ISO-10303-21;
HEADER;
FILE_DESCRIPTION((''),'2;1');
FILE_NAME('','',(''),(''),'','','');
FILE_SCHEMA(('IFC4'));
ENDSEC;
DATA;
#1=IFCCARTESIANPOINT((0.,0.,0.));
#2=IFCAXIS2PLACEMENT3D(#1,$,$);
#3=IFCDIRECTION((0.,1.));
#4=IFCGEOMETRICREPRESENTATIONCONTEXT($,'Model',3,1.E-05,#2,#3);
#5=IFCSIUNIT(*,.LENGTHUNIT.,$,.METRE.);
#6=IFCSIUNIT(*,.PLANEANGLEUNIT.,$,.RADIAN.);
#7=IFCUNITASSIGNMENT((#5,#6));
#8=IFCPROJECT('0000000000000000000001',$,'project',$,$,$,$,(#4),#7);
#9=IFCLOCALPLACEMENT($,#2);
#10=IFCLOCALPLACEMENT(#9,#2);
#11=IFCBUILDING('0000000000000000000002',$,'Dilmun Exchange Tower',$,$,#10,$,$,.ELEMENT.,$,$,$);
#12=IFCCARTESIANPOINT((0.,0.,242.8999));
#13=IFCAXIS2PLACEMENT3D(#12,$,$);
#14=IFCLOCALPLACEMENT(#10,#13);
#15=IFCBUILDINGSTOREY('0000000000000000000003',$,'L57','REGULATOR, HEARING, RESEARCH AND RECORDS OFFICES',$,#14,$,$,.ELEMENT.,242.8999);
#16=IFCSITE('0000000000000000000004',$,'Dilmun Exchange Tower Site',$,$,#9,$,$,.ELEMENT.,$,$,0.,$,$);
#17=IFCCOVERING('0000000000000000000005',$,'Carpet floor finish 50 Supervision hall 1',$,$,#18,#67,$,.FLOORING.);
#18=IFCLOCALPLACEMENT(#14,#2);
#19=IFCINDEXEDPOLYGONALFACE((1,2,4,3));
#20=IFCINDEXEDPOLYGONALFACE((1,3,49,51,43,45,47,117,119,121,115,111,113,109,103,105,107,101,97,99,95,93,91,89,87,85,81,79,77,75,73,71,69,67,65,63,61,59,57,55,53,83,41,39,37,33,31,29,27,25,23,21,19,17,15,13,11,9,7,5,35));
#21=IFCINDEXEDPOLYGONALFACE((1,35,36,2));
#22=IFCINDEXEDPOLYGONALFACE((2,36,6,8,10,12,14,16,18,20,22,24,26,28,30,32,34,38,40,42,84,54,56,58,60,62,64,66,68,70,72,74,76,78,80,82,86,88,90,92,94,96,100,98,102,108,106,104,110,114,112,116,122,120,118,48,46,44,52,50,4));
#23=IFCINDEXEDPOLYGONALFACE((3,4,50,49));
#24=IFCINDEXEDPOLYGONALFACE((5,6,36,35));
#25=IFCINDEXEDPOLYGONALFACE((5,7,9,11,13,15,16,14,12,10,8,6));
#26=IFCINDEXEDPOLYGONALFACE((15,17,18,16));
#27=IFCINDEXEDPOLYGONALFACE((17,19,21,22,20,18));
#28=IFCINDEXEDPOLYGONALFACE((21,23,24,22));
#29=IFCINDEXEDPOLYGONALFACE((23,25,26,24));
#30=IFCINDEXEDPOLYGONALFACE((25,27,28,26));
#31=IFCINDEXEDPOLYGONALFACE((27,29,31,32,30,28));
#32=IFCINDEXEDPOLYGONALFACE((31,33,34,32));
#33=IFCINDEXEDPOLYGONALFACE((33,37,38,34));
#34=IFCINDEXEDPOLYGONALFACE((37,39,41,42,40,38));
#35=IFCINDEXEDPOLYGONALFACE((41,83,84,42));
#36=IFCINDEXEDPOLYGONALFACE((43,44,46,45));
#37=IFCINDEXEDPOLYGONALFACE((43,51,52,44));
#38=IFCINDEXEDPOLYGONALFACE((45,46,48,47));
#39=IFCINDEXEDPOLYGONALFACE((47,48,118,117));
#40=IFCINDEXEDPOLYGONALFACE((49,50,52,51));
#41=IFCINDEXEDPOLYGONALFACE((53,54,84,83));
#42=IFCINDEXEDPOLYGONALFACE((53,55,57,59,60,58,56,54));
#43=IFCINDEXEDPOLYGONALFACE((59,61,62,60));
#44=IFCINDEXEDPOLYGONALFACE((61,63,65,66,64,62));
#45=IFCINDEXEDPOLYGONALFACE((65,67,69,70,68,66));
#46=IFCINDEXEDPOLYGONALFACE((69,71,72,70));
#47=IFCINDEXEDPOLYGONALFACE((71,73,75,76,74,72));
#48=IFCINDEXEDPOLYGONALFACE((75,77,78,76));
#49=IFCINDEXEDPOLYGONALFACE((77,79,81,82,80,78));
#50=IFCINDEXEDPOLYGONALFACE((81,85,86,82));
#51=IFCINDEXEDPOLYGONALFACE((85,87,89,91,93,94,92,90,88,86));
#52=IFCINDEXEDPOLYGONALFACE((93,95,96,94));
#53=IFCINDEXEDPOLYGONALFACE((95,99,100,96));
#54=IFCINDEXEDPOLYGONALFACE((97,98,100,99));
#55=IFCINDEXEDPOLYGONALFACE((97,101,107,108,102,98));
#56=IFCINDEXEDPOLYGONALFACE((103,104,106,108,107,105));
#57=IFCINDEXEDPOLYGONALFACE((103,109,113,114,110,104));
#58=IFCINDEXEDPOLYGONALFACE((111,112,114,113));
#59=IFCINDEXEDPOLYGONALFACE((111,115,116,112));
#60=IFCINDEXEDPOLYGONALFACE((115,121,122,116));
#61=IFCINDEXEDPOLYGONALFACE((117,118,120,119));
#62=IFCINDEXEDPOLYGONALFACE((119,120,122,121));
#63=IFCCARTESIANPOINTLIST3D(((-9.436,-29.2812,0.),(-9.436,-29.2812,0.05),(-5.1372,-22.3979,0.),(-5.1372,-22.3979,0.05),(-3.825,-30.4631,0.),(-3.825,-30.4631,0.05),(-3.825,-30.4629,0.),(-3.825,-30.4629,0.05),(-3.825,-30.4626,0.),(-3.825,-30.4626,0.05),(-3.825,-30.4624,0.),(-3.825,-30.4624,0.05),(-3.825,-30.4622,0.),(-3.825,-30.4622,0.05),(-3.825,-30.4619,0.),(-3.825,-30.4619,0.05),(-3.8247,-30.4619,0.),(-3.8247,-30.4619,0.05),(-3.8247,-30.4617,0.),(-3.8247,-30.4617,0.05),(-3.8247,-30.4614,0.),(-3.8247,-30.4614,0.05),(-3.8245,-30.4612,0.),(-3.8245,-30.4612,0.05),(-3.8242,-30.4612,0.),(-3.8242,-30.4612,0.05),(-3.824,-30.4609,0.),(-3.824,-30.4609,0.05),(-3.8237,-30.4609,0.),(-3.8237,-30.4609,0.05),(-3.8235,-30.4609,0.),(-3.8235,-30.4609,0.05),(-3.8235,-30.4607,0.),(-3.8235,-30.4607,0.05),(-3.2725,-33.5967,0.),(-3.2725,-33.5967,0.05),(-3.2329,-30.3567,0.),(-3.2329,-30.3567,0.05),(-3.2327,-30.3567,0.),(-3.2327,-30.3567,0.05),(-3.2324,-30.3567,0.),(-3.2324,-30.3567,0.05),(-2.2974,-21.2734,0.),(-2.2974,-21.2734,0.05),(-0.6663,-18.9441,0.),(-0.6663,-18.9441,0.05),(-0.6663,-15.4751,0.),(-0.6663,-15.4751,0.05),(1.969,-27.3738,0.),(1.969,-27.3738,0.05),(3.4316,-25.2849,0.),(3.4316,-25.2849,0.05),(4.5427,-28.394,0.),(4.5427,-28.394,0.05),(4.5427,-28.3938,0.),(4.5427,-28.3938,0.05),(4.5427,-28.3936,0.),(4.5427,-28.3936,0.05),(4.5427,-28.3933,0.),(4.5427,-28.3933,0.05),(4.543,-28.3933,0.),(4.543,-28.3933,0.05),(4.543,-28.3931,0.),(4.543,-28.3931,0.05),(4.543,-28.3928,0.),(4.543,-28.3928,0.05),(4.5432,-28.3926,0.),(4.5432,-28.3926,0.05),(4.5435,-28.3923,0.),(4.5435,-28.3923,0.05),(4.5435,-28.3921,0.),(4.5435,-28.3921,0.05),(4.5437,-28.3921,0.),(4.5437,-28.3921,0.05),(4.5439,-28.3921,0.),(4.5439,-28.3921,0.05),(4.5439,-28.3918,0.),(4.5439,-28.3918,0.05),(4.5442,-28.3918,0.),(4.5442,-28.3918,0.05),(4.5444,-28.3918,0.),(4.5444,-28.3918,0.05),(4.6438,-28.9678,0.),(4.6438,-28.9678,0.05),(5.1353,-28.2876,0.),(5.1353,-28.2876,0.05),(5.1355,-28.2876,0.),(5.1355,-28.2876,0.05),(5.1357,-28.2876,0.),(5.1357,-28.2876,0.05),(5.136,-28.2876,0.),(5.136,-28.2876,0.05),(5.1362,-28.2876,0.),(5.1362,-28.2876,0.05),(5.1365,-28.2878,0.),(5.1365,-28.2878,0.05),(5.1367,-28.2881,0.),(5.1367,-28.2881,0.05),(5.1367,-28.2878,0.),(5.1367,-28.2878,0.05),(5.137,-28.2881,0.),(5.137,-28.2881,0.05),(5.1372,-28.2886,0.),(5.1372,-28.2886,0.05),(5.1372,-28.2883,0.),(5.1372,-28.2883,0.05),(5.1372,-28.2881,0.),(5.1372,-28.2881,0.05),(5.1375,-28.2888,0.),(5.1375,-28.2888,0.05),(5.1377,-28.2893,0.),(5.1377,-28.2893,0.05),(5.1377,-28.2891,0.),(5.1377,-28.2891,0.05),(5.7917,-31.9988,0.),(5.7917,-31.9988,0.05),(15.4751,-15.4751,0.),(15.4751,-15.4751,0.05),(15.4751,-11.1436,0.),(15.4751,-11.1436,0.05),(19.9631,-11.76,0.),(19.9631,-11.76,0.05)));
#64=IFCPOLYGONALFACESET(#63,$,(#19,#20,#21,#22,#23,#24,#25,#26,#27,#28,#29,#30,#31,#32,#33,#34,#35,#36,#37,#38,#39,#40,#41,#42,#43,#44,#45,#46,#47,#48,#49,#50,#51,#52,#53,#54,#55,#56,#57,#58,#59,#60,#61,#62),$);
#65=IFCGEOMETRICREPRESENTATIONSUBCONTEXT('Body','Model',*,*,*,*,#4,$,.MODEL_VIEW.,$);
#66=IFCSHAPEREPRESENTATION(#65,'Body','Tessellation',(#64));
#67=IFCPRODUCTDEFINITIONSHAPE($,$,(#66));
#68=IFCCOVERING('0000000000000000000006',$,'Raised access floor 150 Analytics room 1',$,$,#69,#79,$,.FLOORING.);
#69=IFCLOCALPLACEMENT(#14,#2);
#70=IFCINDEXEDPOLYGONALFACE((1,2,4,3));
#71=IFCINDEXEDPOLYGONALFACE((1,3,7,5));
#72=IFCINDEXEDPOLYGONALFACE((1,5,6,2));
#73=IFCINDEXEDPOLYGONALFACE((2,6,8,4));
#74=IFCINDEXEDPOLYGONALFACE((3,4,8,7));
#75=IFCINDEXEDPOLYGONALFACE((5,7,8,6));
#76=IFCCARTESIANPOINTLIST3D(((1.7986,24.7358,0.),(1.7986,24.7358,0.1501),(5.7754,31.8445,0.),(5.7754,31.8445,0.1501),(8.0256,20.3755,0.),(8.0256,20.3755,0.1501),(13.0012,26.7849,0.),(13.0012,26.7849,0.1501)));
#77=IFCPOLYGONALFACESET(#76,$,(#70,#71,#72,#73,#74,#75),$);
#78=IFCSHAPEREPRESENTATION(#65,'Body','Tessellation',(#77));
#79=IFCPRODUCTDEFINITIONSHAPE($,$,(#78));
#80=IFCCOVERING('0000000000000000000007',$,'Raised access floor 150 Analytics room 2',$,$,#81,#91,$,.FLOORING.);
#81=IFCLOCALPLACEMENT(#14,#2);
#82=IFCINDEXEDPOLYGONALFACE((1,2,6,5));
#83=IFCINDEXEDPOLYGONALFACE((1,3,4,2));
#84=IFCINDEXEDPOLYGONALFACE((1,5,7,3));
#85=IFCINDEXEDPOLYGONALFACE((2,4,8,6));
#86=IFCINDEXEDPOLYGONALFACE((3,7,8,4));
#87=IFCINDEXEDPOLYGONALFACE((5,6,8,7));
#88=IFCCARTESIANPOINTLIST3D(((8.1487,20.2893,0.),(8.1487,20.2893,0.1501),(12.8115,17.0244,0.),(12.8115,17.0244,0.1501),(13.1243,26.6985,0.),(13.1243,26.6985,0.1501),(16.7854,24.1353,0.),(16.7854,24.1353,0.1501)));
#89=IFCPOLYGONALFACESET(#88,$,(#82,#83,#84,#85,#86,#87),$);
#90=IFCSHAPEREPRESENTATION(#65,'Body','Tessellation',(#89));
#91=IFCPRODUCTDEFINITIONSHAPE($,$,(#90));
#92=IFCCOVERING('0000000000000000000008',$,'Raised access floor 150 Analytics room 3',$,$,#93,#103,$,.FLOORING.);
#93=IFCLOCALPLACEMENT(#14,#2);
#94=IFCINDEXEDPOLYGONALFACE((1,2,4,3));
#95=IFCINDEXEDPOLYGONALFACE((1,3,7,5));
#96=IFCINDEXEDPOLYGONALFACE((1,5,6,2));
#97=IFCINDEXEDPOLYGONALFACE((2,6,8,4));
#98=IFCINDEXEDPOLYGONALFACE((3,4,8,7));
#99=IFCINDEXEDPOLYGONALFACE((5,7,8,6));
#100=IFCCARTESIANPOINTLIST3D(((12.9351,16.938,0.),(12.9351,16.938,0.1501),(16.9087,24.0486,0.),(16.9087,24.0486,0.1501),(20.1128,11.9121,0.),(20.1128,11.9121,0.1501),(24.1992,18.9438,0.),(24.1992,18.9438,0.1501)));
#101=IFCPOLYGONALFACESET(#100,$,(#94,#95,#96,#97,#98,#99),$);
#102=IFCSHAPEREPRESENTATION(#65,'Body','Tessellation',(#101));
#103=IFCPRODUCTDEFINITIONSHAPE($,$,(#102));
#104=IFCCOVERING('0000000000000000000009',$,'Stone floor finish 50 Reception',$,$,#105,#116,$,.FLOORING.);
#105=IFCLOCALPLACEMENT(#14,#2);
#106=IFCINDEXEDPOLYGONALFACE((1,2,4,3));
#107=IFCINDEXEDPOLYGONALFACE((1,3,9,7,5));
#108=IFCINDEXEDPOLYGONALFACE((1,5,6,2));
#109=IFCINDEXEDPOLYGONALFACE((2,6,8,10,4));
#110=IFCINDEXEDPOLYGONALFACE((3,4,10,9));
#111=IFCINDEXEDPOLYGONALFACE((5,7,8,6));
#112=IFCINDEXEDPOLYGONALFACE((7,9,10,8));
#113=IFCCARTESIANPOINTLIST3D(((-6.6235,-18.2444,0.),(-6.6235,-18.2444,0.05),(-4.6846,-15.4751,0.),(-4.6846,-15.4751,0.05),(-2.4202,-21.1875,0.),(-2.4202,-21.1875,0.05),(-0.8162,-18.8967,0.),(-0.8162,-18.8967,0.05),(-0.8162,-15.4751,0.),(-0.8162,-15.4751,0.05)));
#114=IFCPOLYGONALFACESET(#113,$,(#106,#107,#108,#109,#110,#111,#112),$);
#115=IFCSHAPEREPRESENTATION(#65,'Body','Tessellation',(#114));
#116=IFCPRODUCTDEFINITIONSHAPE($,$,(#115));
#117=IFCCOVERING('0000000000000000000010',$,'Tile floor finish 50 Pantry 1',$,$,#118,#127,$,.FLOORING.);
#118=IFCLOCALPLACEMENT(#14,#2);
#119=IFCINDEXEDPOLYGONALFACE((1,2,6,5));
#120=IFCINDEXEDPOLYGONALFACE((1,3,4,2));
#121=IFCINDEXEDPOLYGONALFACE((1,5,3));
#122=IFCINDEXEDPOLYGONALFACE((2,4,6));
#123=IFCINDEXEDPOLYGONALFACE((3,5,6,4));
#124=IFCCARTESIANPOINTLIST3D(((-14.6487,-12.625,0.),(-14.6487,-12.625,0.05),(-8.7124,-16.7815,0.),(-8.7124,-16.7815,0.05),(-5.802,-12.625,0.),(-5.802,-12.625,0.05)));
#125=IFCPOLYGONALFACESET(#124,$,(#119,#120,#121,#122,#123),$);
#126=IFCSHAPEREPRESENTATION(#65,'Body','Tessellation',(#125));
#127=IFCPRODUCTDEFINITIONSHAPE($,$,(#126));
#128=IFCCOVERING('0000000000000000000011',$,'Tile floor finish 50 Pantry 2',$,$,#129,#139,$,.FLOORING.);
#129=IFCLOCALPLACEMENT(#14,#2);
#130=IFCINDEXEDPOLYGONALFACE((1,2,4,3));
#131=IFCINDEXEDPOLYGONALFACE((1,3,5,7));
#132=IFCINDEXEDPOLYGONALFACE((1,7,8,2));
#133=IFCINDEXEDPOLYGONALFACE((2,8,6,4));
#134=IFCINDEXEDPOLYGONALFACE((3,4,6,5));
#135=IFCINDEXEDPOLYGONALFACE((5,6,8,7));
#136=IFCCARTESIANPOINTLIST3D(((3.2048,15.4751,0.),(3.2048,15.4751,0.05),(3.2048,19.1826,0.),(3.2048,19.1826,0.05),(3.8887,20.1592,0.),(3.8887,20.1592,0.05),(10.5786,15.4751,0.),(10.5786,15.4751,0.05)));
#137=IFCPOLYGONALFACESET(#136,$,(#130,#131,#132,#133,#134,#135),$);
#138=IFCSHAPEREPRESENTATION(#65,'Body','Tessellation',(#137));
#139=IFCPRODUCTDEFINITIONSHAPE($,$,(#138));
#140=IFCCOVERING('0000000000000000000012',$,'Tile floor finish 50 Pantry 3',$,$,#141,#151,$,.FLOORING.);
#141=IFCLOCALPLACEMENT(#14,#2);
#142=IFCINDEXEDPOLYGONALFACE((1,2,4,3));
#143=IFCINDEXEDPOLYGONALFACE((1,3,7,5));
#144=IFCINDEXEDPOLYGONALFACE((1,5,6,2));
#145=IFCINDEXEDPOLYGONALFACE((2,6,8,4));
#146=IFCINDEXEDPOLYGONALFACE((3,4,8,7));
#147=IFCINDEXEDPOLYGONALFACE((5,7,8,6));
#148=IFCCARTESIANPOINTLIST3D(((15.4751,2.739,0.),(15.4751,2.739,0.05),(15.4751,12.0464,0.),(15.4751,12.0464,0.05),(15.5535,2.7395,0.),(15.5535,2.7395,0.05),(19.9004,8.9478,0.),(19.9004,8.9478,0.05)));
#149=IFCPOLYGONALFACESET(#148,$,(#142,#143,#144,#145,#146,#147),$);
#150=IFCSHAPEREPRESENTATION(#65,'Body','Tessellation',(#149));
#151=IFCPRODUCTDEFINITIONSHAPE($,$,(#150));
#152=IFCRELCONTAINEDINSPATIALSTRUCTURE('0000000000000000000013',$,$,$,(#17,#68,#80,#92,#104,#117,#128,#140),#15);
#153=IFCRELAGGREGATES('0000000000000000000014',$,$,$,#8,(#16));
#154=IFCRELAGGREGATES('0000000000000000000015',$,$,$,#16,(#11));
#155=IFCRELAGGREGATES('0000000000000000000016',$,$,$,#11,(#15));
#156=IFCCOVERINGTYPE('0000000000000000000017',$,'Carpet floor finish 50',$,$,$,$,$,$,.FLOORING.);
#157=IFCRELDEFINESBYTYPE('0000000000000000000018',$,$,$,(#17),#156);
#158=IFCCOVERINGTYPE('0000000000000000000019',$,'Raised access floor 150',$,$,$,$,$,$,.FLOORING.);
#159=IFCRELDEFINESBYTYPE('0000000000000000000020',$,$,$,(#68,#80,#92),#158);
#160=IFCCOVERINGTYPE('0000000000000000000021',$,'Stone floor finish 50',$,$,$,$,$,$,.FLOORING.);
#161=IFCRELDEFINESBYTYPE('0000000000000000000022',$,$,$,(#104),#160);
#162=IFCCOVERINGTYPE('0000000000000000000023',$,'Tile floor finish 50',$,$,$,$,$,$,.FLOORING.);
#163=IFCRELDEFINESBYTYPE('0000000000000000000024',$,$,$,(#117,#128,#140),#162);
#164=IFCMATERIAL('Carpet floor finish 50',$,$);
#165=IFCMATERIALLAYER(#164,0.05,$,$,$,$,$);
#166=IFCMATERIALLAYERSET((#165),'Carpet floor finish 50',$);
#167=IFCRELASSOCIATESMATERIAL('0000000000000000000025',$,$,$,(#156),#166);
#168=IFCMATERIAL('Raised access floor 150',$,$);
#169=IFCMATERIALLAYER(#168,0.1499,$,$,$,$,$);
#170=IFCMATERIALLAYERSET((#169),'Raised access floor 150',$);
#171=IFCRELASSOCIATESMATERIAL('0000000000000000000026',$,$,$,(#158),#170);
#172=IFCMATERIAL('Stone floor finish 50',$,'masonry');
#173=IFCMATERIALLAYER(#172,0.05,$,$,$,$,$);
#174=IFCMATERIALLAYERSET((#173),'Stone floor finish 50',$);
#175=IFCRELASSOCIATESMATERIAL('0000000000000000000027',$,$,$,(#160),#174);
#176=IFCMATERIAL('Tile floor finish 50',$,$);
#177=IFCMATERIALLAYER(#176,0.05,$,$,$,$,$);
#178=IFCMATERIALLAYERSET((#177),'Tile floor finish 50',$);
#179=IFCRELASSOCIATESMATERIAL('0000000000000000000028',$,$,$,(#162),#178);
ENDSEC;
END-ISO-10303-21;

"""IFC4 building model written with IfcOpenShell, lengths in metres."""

from ifc_helpers import new_model, si_unit, direction, frame, origin, place, context, subcontext, project, spatial, polyline, outline, extrude, material, layer, layer_set, type_object, element, save


model = new_model("IFC4")

# Units and contexts
model_context = context("Model", 3, precision=1e-05, world=origin(), true_north=direction((0.0, 1.0)))
body_context = subcontext(model_context, "Body", "Model", "MODEL_VIEW")
ifc_project = project(units=[si_unit("LENGTHUNIT", "METRE"), si_unit("PLANEANGLEUNIT", "RADIAN")], contexts=[model_context])

# Site, building, storey
site_placement = place(None, origin())
site = spatial("IfcSite", under=ifc_project, at=site_placement, Name="Dilmun Exchange Tower Site", CompositionType="ELEMENT", RefElevation=0.0)
building_placement = place(site_placement, origin())
building = spatial("IfcBuilding", under=site, at=building_placement, Name="Dilmun Exchange Tower", CompositionType="ELEMENT")
storey_placement = place(building_placement, frame((0.0, 0.0, 242.8999)))
storey = spatial("IfcBuildingStorey", under=building, at=storey_placement, Name="L57", Description="REGULATOR, HEARING, RESEARCH AND RECORDS OFFICES", CompositionType="ELEMENT", Elevation=242.8999)

# Coverings
ifc_material_1 = material(Name="Carpet floor finish 50")
ifc_layer_1 = layer(ifc_material_1, 0.05)
ifc_layer_set_1 = layer_set([ifc_layer_1], Name="Carpet floor finish 50")
covering_type_1 = type_object("IfcCoveringType", Name="Carpet floor finish 50", PredefinedType="FLOORING", material=ifc_layer_set_1)
covering_1_placement = place(storey_placement, origin())
element("IfcCovering", 1, at=covering_1_placement, inside=storey, type_object=covering_type_1, Name="Carpet floor finish 50 Supervision hall 1", PredefinedType="FLOORING", context=body_context, shape_type="SweptSolid", body=[
    extrude(outline(polyline([(-5.1372, -22.3979), (1.969, -27.3738), (3.4316, -25.2849), (-2.2974, -21.2734), (-0.6663, -18.9441), (-0.6663, -15.4751), (15.4751, -15.4751), (15.4751, -11.1436), (19.9631, -11.76), (5.7917, -31.9988), (5.1377, -28.2893), (5.1377, -28.2891), (5.1375, -28.2888), (5.1375, -28.2888), (5.1372, -28.2886), (5.1372, -28.2883), (5.1372, -28.2881), (5.137, -28.2881), (5.1367, -28.2881), (5.1367, -28.2878), (5.1365, -28.2878), (5.1362, -28.2876), (5.136, -28.2876), (5.136, -28.2876), (5.1357, -28.2876), (5.1355, -28.2876), (5.1353, -28.2876), (4.5444, -28.3918), (4.5442, -28.3918), (4.5439, -28.3918), (4.5439, -28.3921), (4.5437, -28.3921), (4.5435, -28.3921), (4.5435, -28.3923), (4.5432, -28.3926), (4.5432, -28.3926), (4.543, -28.3928), (4.543, -28.3931), (4.543, -28.3933), (4.5427, -28.3933), (4.5427, -28.3936), (4.5427, -28.3938), (4.5427, -28.394), (4.5427, -28.394), (4.6438, -28.9678), (-3.2324, -30.3567), (-3.2327, -30.3567), (-3.2329, -30.3567), (-3.2329, -30.3567), (-3.8235, -30.4607), (-3.8235, -30.4609), (-3.8237, -30.4609), (-3.824, -30.4609), (-3.8242, -30.4612), (-3.8242, -30.4612), (-3.8245, -30.4612), (-3.8247, -30.4614), (-3.8247, -30.4617), (-3.8247, -30.4619), (-3.825, -30.4619), (-3.825, -30.4622), (-3.825, -30.4624), (-3.825, -30.4626), (-3.825, -30.4626), (-3.825, -30.4629), (-3.825, -30.4631), (-3.2725, -33.5967), (-9.436, -29.2812), (-5.1372, -22.3979)])), origin(), (0.0, 0.0, 1.0), 0.05),
])
ifc_material_2 = material(Name="Raised access floor 150")
ifc_layer_2 = layer(ifc_material_2, 0.1499)
ifc_layer_set_2 = layer_set([ifc_layer_2], Name="Raised access floor 150")
covering_type_2 = type_object("IfcCoveringType", Name="Raised access floor 150", PredefinedType="FLOORING", material=ifc_layer_set_2)
covering_2_placement = place(storey_placement, origin())
element("IfcCovering", 2, at=covering_2_placement, inside=storey, type_object=covering_type_2, Name="Raised access floor 150 Analytics room 1", PredefinedType="FLOORING", context=body_context, shape_type="SweptSolid", body=[
    extrude(outline(polyline([(1.7986, 24.7358), (5.7754, 31.8445), (13.0012, 26.7849), (8.0256, 20.3755), (1.7986, 24.7358)])), origin(), (0.0, 0.0, 1.0), 0.1501),
])
covering_3_placement = place(storey_placement, origin())
element("IfcCovering", 3, at=covering_3_placement, inside=storey, type_object=covering_type_2, Name="Raised access floor 150 Analytics room 2", PredefinedType="FLOORING", context=body_context, shape_type="SweptSolid", body=[
    extrude(outline(polyline([(12.8115, 17.0244), (8.1487, 20.2893), (13.1243, 26.6985), (16.7854, 24.1353), (12.8115, 17.0244)])), origin(), (0.0, 0.0, 1.0), 0.1501),
])
covering_4_placement = place(storey_placement, origin())
element("IfcCovering", 4, at=covering_4_placement, inside=storey, type_object=covering_type_2, Name="Raised access floor 150 Analytics room 3", PredefinedType="FLOORING", context=body_context, shape_type="SweptSolid", body=[
    extrude(outline(polyline([(20.1128, 11.9121), (12.9351, 16.938), (16.9087, 24.0486), (24.1992, 18.9438), (20.1128, 11.9121)])), origin(), (0.0, 0.0, 1.0), 0.1501),
])
ifc_material_3 = material(Name="Stone floor finish 50", Category="masonry")
ifc_layer_3 = layer(ifc_material_3, 0.05)
ifc_layer_set_3 = layer_set([ifc_layer_3], Name="Stone floor finish 50")
covering_type_3 = type_object("IfcCoveringType", Name="Stone floor finish 50", PredefinedType="FLOORING", material=ifc_layer_set_3)
covering_5_placement = place(storey_placement, origin())
element("IfcCovering", 5, at=covering_5_placement, inside=storey, type_object=covering_type_3, Name="Stone floor finish 50 Reception", PredefinedType="FLOORING", context=body_context, shape_type="SweptSolid", body=[
    extrude(outline(polyline([(-0.8162, -18.8967), (-2.4202, -21.1875), (-6.6235, -18.2444), (-4.6846, -15.4751), (-0.8162, -15.4751), (-0.8162, -18.8967)])), origin(), (0.0, 0.0, 1.0), 0.05),
])
ifc_material_4 = material(Name="Tile floor finish 50")
ifc_layer_4 = layer(ifc_material_4, 0.05)
ifc_layer_set_4 = layer_set([ifc_layer_4], Name="Tile floor finish 50")
covering_type_4 = type_object("IfcCoveringType", Name="Tile floor finish 50", PredefinedType="FLOORING", material=ifc_layer_set_4)
covering_6_placement = place(storey_placement, origin())
element("IfcCovering", 6, at=covering_6_placement, inside=storey, type_object=covering_type_4, Name="Tile floor finish 50 Pantry 1", PredefinedType="FLOORING", context=body_context, shape_type="SweptSolid", body=[
    extrude(outline(polyline([(-5.802, -12.625), (-8.7124, -16.7815), (-14.6487, -12.625), (-5.802, -12.625)])), origin(), (0.0, 0.0, 1.0), 0.05),
])
covering_7_placement = place(storey_placement, origin())
element("IfcCovering", 7, at=covering_7_placement, inside=storey, type_object=covering_type_4, Name="Tile floor finish 50 Pantry 2", PredefinedType="FLOORING", context=body_context, shape_type="SweptSolid", body=[
    extrude(outline(polyline([(3.2048, 15.4751), (3.2048, 19.1826), (3.8887, 20.1592), (10.5786, 15.4751), (3.2048, 15.4751)])), origin(), (0.0, 0.0, 1.0), 0.05),
])
covering_8_placement = place(storey_placement, origin())
element("IfcCovering", 8, at=covering_8_placement, inside=storey, type_object=covering_type_4, Name="Tile floor finish 50 Pantry 3", PredefinedType="FLOORING", context=body_context, shape_type="SweptSolid", body=[
    extrude(outline(polyline([(19.9004, 8.9478), (15.5535, 2.7395), (15.4751, 2.739), (15.4751, 12.0464), (19.9004, 8.9478)])), origin(), (0.0, 0.0, 1.0), 0.05),
])

save(model, "model.ifc")
